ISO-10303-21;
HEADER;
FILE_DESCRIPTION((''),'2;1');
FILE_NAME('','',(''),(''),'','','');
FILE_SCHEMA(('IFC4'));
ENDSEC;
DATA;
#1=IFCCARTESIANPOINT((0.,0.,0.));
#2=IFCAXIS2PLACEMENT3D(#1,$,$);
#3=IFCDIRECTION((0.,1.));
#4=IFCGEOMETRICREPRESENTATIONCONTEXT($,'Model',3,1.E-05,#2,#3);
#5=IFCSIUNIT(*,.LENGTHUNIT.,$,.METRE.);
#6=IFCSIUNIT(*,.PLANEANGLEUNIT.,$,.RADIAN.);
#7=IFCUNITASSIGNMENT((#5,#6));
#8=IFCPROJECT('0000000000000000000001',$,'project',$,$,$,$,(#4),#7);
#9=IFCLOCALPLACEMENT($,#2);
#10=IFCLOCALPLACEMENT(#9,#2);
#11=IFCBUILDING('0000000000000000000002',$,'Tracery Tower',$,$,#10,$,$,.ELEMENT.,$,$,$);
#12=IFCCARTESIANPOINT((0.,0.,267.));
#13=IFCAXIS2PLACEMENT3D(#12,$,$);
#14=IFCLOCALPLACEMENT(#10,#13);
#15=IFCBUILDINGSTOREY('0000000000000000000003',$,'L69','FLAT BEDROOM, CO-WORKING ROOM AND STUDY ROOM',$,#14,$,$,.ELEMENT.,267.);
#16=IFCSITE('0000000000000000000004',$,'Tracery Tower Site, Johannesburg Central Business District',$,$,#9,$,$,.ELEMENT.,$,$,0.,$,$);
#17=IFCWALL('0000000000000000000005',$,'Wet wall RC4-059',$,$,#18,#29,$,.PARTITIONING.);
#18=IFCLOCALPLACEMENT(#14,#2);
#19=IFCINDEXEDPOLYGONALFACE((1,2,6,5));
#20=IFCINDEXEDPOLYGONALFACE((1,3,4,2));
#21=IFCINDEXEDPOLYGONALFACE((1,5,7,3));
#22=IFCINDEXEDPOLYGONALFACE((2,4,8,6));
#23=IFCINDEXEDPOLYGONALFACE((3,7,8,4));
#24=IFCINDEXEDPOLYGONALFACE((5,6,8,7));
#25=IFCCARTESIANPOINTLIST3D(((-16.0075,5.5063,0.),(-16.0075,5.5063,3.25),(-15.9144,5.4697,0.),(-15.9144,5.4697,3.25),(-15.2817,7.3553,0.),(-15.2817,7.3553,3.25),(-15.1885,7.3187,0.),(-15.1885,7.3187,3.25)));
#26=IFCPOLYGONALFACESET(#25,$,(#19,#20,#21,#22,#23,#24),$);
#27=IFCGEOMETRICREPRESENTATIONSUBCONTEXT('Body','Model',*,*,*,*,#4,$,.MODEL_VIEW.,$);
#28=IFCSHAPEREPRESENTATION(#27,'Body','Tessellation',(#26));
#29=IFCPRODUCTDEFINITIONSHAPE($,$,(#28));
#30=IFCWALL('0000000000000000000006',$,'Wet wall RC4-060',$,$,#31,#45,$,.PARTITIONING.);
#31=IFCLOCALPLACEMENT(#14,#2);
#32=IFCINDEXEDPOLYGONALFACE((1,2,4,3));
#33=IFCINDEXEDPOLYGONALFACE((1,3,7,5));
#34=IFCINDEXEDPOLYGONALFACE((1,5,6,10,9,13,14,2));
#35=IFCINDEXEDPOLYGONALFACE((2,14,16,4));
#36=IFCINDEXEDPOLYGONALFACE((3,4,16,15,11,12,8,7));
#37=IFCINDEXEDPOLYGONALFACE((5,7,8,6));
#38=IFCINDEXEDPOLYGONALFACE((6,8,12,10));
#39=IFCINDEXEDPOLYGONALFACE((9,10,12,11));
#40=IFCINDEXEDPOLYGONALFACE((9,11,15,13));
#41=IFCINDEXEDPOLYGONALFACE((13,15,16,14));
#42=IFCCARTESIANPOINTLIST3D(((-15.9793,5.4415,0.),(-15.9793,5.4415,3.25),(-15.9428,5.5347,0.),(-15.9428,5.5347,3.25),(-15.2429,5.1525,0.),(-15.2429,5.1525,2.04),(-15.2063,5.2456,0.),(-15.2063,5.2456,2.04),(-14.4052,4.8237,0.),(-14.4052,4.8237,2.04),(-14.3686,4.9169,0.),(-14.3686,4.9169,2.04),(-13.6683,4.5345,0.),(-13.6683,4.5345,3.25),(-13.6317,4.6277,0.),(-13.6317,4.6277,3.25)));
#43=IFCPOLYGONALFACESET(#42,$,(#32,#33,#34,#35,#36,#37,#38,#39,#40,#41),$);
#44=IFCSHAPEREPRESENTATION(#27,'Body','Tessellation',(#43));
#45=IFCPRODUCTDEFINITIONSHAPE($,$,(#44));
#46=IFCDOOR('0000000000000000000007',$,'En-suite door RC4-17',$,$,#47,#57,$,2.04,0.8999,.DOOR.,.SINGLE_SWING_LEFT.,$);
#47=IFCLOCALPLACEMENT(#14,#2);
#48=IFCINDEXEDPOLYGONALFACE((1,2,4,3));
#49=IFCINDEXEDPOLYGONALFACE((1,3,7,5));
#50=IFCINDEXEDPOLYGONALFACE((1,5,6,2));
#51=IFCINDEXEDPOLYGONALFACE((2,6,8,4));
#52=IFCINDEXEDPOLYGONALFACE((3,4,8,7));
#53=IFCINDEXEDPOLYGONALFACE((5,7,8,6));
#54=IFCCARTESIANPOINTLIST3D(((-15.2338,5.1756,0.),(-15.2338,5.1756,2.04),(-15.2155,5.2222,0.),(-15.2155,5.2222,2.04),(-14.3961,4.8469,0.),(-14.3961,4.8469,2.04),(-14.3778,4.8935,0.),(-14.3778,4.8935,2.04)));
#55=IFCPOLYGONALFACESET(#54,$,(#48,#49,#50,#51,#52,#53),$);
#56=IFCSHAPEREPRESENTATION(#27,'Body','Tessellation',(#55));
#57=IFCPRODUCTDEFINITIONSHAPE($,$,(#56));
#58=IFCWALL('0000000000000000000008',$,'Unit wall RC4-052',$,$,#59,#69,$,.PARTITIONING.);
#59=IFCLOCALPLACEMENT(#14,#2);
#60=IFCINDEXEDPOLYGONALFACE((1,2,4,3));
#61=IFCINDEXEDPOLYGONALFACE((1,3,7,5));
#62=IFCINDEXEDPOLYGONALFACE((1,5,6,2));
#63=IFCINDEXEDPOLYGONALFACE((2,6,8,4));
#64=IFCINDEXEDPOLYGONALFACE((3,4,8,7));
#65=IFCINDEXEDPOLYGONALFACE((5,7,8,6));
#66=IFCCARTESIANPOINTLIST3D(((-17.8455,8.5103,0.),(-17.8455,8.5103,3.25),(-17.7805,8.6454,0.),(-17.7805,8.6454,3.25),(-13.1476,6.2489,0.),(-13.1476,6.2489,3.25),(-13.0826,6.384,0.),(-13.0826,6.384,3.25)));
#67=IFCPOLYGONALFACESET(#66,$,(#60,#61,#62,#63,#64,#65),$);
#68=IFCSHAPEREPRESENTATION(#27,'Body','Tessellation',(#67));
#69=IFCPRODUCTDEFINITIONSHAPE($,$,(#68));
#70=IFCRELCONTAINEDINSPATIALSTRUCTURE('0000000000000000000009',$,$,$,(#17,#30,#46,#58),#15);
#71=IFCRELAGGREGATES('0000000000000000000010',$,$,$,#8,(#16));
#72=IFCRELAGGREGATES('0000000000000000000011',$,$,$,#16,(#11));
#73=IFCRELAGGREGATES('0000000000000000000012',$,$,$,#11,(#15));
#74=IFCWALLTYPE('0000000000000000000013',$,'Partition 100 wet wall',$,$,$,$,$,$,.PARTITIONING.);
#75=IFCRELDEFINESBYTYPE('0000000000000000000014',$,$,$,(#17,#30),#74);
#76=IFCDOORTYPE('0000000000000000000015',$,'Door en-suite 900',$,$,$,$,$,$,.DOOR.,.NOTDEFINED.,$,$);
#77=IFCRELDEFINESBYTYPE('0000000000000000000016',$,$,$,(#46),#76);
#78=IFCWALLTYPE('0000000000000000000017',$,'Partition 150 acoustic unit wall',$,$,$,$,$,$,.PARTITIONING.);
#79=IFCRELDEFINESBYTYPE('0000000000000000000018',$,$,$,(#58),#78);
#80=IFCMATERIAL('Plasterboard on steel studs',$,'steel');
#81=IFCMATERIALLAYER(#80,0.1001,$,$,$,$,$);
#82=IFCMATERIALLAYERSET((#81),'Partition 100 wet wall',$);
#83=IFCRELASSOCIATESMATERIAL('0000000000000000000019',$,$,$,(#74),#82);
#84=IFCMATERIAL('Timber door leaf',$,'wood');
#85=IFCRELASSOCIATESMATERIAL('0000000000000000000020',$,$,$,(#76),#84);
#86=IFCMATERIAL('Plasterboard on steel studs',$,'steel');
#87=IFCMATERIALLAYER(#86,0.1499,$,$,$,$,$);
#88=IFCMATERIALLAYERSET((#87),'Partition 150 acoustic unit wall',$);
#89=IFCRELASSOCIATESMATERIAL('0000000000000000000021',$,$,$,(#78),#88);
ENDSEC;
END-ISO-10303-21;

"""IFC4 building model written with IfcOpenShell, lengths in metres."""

from ifc_helpers import new_model, si_unit, direction, frame, frame_2d, origin, place, context, subcontext, project, spatial, rectangle, extrude, material, layer, layer_set, type_object, element, fill, save


model = new_model("IFC4")

# Units and contexts
model_context = context("Model", 3, precision=1e-05, world=origin(), true_north=direction((0.0, 1.0)))
body_context = subcontext(model_context, "Body", "Model", "MODEL_VIEW")
ifc_project = project(units=[si_unit("LENGTHUNIT", "METRE"), si_unit("PLANEANGLEUNIT", "RADIAN")], contexts=[model_context])

# Site, building, storey
site_placement = place(None, origin())
site = spatial("IfcSite", under=ifc_project, at=site_placement, Name="Tracery Tower Site, Johannesburg Central Business District", CompositionType="ELEMENT", RefElevation=0.0)
building_placement = place(site_placement, origin())
building = spatial("IfcBuilding", under=site, at=building_placement, Name="Tracery Tower", CompositionType="ELEMENT")
storey_placement = place(building_placement, frame((0.0, 0.0, 267.0)))
storey = spatial("IfcBuildingStorey", under=building, at=storey_placement, Name="L69", Description="FLAT BEDROOM, CO-WORKING ROOM AND STUDY ROOM", CompositionType="ELEMENT", Elevation=267.0)

# Shared definitions
ifc_material_1 = material(Name="Plasterboard on steel studs", Category="steel")
ifc_layer_1 = layer(ifc_material_1, 0.1001)
ifc_layer_set_1 = layer_set([ifc_layer_1], Name="Partition 100 wet wall")
wall_type_1 = type_object("IfcWallType", Name="Partition 100 wet wall", PredefinedType="PARTITIONING", material=ifc_layer_set_1)

# Wall
wall_1_placement = place(storey_placement, frame((-15.9609, 5.488, 0.0), z_axis=(0.0, 0.0, 1.0), x_axis=(0.365428, 0.93084, 0.0)))
element("IfcWall", 1, at=wall_1_placement, inside=storey, type_object=wall_type_1, Name="Wet wall RC4-059", PredefinedType="PARTITIONING", context=body_context, shape_type="SweptSolid", body=[
    extrude(rectangle(XDim=1.9863, YDim=0.1001, at=frame_2d((0.9932, 0.0))), origin(), (0.0, 0.0, 1.0), 3.25),
])

# Wall, opening, door
wall_2_placement = place(storey_placement, frame((-15.9609, 5.488, 0.0), z_axis=(0.0, 0.0, 1.0), x_axis=(0.930878, -0.36533, 0.0)))
wall_2 = element("IfcWall", 2, at=wall_2_placement, inside=storey, type_object=wall_type_1, Name="Wet wall RC4-060", PredefinedType="PARTITIONING", context=body_context, shape_type="SweptSolid", body=[
    extrude(rectangle(XDim=2.4827, YDim=0.1001, at=frame_2d((1.2412, 0.0))), origin(), (0.0, 0.0, 1.0), 3.25),
])
opening_1_placement = place(wall_2_placement, frame((0.791, 0.0, 0.0)))
opening_1 = element("IfcOpeningElement", 3, at=opening_1_placement, cuts=wall_2, PredefinedType="OPENING", context=body_context, shape_type="SweptSolid", body=[
    extrude(rectangle(XDim=0.8999, YDim=2.04, at=frame_2d((0.45, 1.02))), frame((0.0, 0.05, 0.0), z_axis=(0.0, -1.0, 0.0), x_axis=(1.0, 0.0, 0.0)), (0.0, 0.0, 1.0), 0.1001),
])
ifc_material_2 = material(Name="Timber door leaf", Category="wood")
door_type_1 = type_object("IfcDoorType", Name="Door en-suite 900", OperationType="NOTDEFINED", PredefinedType="DOOR", material=ifc_material_2)
door_1_placement = place(opening_1_placement, origin())
door_1 = element("IfcDoor", 4, at=door_1_placement, inside=storey, type_object=door_type_1, Name="En-suite door RC4-17", OperationType="SINGLE_SWING_LEFT", OverallHeight=2.04, OverallWidth=0.8999, PredefinedType="DOOR", context=body_context, shape_type="SweptSolid", body=[
    extrude(rectangle(XDim=0.8999, YDim=2.04, at=frame_2d((0.45, 1.02))), frame((0.0, 0.0249, 0.0), z_axis=(0.0, -1.0, 0.0), x_axis=(1.0, 0.0, 0.0)), (0.0, 0.0, 1.0), 0.05),
])
fill(opening_1, door_1)

# Wall
ifc_material_3 = material(Name="Plasterboard on steel studs", Category="steel")
ifc_layer_2 = layer(ifc_material_3, 0.1499)
ifc_layer_set_2 = layer_set([ifc_layer_2], Name="Partition 150 acoustic unit wall")
wall_type_2 = type_object("IfcWallType", Name="Partition 150 acoustic unit wall", PredefinedType="PARTITIONING", material=ifc_layer_set_2)
wall_3_placement = place(storey_placement, frame((-17.813, 8.5779, 0.0), z_axis=(0.0, 0.0, 1.0), x_axis=(0.901041, -0.433734, 0.0)))
element("IfcWall", 5, at=wall_3_placement, inside=storey, type_object=wall_type_2, Name="Unit wall RC4-052", PredefinedType="PARTITIONING", context=body_context, shape_type="SweptSolid", body=[
    extrude(rectangle(XDim=5.2139, YDim=0.1499, at=frame_2d((2.6069, 0.0))), origin(), (0.0, 0.0, 1.0), 3.25),
])

save(model, "model.ifc")
